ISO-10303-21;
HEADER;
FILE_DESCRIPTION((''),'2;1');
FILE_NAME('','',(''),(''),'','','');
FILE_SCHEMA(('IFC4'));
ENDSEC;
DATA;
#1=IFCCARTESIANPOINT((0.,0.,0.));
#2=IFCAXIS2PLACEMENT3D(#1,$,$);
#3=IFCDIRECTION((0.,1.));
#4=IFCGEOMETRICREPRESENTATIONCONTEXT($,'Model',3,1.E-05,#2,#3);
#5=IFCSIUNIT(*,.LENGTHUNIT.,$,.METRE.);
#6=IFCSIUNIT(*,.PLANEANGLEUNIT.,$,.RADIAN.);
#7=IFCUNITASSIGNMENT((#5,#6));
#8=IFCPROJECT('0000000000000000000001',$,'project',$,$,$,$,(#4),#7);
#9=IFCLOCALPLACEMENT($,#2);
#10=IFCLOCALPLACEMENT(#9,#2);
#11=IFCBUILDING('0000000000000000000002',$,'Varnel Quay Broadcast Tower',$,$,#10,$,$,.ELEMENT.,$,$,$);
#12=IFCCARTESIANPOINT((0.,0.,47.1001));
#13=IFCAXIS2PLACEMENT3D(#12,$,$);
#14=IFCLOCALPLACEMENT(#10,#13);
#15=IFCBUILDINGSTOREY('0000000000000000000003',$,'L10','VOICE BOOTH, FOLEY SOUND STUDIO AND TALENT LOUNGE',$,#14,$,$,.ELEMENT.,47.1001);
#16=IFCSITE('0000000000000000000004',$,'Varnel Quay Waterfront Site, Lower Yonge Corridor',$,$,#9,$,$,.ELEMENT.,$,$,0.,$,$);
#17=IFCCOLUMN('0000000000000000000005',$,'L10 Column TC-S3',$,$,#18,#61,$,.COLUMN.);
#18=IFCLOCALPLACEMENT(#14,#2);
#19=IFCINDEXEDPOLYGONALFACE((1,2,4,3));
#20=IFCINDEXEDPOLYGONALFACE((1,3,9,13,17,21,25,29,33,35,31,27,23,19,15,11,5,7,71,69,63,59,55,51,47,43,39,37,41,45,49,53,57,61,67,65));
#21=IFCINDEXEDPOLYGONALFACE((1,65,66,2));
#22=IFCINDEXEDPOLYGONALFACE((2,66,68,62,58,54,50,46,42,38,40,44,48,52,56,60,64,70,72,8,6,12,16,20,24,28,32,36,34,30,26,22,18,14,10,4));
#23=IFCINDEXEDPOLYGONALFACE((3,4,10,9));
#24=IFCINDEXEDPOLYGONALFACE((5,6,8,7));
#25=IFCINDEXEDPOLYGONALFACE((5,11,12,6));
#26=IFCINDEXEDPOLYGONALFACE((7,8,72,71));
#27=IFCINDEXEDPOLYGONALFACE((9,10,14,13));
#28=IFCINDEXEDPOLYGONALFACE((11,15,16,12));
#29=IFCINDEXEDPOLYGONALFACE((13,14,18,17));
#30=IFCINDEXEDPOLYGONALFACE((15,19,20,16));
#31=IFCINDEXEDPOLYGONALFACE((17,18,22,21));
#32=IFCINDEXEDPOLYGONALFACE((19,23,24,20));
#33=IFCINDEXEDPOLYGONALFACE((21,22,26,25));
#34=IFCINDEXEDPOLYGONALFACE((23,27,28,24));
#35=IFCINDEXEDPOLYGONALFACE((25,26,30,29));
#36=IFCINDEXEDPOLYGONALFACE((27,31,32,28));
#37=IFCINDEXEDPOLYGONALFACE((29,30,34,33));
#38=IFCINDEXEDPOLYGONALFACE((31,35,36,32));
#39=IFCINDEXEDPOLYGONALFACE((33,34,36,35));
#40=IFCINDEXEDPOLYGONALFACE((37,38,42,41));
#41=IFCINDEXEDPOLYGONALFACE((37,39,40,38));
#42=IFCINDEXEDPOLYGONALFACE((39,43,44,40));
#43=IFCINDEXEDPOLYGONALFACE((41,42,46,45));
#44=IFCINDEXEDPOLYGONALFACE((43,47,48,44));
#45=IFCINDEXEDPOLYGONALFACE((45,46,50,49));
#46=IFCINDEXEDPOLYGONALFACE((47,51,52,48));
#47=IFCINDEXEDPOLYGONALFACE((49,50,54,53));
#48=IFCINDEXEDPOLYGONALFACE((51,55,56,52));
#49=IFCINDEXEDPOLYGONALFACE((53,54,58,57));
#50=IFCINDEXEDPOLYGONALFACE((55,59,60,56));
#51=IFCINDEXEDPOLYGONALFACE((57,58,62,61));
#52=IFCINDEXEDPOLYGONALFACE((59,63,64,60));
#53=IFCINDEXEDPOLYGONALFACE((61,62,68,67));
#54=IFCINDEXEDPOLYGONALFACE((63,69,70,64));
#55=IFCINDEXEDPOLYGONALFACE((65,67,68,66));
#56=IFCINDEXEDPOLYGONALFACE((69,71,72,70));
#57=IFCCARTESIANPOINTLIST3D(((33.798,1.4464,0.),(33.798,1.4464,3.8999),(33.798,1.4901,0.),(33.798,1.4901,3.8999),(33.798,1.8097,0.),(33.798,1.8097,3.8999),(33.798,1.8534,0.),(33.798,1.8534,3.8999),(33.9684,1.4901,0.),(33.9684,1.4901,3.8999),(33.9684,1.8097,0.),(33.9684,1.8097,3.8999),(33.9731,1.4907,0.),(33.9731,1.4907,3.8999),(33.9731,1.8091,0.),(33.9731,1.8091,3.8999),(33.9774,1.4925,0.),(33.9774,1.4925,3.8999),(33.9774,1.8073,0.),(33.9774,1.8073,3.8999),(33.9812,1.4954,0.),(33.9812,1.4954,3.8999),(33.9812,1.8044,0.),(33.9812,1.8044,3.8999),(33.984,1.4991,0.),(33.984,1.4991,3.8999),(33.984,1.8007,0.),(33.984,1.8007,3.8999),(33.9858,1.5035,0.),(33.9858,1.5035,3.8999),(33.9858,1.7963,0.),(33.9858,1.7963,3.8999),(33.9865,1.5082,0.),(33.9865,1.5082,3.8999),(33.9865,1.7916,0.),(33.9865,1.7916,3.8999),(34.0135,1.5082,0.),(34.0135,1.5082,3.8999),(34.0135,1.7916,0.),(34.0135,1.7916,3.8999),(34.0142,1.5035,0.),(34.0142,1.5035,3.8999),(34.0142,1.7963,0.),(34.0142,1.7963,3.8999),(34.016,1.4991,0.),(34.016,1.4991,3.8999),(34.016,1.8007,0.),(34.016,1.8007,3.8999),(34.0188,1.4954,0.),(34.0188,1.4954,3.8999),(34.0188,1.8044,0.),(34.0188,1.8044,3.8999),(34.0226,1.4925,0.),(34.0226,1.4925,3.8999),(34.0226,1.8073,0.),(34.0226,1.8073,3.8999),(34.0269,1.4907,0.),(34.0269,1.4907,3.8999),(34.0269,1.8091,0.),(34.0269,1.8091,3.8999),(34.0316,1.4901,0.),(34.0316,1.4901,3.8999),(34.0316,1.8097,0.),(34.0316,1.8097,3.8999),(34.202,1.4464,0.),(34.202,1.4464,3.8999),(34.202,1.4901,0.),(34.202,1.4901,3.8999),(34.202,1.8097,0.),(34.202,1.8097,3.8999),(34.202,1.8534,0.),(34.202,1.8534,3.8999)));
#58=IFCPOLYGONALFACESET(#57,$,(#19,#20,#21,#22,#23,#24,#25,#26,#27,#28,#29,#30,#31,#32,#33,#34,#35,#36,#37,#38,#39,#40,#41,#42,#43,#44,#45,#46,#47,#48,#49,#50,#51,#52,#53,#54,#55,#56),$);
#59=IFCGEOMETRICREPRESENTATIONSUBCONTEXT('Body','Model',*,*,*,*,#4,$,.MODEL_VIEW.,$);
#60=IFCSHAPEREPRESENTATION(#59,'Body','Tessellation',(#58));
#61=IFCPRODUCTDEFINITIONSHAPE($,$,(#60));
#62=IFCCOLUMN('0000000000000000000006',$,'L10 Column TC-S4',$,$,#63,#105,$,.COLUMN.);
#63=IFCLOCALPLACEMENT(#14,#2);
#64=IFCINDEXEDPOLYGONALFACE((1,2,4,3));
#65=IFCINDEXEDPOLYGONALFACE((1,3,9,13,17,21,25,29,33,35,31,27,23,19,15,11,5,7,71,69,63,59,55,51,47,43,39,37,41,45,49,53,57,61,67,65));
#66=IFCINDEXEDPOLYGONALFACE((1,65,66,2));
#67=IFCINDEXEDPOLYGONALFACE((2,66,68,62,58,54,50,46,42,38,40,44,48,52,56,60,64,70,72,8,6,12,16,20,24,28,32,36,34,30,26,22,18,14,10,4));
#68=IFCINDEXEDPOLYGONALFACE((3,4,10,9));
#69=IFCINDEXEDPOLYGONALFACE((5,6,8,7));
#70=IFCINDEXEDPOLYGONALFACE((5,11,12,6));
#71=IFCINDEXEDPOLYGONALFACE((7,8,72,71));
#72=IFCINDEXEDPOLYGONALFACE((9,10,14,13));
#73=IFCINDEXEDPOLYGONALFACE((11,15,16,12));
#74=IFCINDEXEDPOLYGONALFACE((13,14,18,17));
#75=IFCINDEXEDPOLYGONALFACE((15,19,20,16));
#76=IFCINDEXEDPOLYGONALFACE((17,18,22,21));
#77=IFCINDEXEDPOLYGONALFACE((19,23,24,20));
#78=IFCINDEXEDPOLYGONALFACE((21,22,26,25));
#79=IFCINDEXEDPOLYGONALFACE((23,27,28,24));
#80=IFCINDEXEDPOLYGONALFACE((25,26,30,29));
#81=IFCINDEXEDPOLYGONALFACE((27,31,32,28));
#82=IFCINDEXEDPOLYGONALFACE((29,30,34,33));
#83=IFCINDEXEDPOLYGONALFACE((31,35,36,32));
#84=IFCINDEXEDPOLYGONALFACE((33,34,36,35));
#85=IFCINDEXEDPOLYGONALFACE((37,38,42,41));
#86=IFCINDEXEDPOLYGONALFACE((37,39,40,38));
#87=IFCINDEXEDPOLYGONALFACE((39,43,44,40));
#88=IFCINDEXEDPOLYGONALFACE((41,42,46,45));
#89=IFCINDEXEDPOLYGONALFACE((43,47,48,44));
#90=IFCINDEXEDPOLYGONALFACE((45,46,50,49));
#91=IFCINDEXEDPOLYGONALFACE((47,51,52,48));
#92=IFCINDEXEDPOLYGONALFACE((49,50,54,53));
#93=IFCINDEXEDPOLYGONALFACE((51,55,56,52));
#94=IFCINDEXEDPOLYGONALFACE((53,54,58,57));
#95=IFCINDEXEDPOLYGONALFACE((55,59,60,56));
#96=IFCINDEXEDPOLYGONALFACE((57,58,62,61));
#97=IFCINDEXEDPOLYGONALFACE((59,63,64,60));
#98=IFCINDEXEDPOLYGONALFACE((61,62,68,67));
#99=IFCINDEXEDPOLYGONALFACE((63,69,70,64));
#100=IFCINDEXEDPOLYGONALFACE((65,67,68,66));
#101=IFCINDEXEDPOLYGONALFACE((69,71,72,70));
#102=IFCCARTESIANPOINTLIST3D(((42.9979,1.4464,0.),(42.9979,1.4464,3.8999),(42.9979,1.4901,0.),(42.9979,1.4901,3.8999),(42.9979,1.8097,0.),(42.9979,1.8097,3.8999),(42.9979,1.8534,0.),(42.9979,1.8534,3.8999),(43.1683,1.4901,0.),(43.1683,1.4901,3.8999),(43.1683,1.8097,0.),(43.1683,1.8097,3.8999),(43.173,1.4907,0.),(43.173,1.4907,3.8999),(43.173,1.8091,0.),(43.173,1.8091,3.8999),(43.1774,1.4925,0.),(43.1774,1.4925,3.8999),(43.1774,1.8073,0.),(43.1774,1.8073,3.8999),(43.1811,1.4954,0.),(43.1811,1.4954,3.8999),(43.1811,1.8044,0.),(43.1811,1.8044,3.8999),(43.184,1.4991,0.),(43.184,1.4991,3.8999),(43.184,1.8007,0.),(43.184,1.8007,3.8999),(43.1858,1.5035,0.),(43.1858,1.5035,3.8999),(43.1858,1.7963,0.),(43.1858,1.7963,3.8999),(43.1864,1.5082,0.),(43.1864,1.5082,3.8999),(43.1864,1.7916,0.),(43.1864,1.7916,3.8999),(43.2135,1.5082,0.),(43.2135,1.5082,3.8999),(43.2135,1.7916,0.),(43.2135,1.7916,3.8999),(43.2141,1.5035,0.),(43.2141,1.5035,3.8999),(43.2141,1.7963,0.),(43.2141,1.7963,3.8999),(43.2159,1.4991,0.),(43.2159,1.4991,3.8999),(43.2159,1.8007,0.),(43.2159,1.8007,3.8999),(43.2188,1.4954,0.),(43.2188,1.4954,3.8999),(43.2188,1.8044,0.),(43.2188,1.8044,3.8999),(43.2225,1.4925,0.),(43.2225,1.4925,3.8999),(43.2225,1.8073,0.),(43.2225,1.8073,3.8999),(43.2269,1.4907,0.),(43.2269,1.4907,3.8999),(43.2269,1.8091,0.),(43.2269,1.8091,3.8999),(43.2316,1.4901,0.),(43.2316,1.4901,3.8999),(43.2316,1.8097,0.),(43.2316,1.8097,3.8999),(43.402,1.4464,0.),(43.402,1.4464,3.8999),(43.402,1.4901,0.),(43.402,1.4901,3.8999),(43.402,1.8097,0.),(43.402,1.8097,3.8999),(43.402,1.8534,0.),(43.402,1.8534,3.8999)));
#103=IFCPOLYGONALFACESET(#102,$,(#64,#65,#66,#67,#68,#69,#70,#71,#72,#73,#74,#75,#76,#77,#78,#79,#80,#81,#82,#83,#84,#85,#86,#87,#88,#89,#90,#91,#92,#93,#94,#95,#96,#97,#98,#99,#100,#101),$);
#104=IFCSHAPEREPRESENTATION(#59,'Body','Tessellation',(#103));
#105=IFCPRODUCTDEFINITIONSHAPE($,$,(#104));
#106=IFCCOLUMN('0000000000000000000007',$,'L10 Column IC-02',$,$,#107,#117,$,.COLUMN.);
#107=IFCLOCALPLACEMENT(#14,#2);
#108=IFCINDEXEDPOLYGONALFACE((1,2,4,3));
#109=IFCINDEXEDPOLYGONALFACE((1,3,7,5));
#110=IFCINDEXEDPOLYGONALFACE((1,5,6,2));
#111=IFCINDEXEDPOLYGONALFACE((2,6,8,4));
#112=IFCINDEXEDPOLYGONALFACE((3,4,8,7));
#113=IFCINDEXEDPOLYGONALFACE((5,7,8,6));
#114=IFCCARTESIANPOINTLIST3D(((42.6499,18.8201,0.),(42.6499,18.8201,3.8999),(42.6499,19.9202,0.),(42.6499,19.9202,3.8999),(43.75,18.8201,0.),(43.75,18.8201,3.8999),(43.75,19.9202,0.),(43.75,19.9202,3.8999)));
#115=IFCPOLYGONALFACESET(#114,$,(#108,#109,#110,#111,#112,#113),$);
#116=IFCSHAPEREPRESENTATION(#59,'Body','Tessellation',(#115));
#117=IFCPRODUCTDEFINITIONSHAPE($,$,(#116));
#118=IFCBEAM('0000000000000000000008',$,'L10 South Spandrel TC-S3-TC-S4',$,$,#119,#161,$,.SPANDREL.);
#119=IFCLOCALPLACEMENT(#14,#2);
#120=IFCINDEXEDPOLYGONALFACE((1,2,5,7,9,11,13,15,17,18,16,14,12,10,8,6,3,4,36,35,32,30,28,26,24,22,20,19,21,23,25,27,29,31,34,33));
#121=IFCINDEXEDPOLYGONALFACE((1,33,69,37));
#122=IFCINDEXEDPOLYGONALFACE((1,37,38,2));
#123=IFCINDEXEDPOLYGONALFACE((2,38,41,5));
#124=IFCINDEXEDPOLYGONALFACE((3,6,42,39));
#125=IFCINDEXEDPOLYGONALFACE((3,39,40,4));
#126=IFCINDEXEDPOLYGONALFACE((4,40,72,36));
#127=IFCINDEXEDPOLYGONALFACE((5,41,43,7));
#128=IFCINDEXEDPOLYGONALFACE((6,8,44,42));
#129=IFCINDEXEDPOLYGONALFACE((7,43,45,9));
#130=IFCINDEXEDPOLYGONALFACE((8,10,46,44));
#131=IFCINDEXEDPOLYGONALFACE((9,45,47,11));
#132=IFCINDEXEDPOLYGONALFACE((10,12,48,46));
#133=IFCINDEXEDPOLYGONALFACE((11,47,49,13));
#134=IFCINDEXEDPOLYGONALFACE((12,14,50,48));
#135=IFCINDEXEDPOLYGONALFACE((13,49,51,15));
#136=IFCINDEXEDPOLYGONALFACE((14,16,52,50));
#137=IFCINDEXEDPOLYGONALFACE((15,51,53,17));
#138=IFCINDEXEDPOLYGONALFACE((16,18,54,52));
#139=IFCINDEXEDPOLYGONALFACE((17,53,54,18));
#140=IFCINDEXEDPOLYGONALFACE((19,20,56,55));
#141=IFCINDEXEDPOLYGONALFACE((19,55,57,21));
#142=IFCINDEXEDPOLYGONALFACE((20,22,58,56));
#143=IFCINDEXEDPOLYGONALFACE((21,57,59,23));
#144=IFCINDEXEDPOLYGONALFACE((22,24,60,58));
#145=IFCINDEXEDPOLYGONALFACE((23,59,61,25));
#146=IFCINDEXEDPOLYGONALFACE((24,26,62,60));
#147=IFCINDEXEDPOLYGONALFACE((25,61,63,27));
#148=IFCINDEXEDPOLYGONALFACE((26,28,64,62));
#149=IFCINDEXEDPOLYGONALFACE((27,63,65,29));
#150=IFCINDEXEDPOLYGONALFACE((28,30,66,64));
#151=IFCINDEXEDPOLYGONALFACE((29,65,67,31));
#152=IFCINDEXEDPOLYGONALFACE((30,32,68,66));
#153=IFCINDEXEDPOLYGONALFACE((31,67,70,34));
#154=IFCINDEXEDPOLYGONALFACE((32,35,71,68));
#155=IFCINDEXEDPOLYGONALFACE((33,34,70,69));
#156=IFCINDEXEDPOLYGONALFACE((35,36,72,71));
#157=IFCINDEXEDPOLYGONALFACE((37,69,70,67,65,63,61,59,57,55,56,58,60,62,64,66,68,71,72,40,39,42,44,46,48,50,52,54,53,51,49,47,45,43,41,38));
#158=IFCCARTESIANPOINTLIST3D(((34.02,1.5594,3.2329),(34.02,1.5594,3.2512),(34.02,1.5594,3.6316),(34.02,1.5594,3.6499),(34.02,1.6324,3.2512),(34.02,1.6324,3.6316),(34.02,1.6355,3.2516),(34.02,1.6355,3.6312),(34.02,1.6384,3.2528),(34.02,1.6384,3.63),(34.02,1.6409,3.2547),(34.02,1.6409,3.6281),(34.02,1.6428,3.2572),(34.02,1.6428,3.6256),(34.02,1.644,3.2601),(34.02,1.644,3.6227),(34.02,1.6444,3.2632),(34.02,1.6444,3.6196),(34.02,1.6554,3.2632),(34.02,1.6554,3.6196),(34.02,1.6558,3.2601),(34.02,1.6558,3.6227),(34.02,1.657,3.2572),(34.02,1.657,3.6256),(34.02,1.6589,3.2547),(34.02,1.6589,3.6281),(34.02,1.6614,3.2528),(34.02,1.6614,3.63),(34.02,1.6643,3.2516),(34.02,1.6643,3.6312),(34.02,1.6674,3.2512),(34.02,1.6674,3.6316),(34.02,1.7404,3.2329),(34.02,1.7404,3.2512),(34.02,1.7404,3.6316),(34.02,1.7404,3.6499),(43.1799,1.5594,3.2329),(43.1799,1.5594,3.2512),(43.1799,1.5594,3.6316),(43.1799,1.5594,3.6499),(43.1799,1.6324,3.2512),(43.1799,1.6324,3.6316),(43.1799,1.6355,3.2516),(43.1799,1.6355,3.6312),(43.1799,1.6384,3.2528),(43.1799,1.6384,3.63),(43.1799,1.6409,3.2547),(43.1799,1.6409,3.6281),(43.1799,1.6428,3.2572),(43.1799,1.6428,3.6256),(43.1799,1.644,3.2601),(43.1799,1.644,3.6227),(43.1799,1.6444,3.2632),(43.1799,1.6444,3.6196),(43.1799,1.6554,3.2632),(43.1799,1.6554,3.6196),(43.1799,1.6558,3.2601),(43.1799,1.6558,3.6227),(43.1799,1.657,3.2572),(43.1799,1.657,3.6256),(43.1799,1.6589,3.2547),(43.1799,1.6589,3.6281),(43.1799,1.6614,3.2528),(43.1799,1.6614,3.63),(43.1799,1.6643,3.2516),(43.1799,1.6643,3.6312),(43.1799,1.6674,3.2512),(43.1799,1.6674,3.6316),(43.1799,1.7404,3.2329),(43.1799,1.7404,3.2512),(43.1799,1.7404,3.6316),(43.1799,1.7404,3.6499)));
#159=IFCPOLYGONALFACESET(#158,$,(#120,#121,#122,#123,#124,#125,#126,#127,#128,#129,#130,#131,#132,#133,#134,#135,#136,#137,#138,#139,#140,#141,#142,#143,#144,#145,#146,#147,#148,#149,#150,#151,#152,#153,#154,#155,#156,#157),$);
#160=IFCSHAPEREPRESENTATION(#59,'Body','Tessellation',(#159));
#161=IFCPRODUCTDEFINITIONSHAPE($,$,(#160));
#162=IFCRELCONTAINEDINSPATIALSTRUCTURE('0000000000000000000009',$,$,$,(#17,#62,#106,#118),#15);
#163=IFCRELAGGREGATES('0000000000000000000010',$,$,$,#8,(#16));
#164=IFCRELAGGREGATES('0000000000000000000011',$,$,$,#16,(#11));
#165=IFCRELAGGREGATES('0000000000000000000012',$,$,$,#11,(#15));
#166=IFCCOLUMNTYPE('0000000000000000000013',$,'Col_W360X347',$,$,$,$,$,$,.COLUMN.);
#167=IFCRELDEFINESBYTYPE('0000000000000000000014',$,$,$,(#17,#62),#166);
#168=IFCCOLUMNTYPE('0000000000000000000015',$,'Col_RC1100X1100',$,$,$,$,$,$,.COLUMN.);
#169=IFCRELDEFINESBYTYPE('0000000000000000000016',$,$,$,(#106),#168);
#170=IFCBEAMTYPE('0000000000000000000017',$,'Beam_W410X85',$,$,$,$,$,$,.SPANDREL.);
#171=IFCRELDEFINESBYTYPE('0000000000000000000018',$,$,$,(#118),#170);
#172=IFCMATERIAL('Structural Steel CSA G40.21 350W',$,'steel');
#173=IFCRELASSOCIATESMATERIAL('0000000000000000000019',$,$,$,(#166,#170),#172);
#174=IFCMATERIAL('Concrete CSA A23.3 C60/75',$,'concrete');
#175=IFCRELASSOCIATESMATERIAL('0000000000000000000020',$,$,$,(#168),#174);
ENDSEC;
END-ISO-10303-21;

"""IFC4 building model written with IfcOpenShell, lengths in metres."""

from ifc_helpers import new_model, si_unit, direction, frame, origin, origin_2d, place, context, subcontext, project, spatial, rectangle, i_section, extrude, source, transform, mapped, material, material_profile, profile_set, type_object, type_shapes, element, save


model = new_model("IFC4")

# Units and contexts
model_context = context("Model", 3, precision=1e-05, world=origin(), true_north=direction((0.0, 1.0)))
body_context = subcontext(model_context, "Body", "Model", "MODEL_VIEW")
ifc_project = project(units=[si_unit("LENGTHUNIT", "METRE"), si_unit("PLANEANGLEUNIT", "RADIAN")], contexts=[model_context])

# Site, building, storey
site_placement = place(None, origin())
site = spatial("IfcSite", under=ifc_project, at=site_placement, Name="Varnel Quay Waterfront Site, Lower Yonge Corridor", CompositionType="ELEMENT", RefElevation=0.0)
building_placement = place(site_placement, origin())
building = spatial("IfcBuilding", under=site, at=building_placement, Name="Varnel Quay Broadcast Tower", CompositionType="ELEMENT")
storey_placement = place(building_placement, frame((0.0, 0.0, 47.1001)))
storey = spatial("IfcBuildingStorey", under=building, at=storey_placement, Name="L10", Description="VOICE BOOTH, FOLEY SOUND STUDIO AND TALENT LOUNGE", CompositionType="ELEMENT", Elevation=47.1001)

# Columns
ifc_material_1 = material(Name="Structural Steel CSA G40.21 350W", Category="steel")
ifc_material_profile_1 = material_profile(ifc_material_1, i_section(OverallWidth=0.4041, OverallDepth=0.407, WebThickness=0.0271, FlangeThickness=0.0437, FilletRadius=0.0181, at=origin_2d()), Name="W360X347")
ifc_profile_set_1 = profile_set([ifc_material_profile_1], Name="Structural Steel CSA G40.21 350W")
column_type_1 = type_object("IfcColumnType", Name="Col_W360X347", PredefinedType="COLUMN", material=ifc_profile_set_1)
shared_shape_1 = source(origin(), body_context, "Body", "SweptSolid", [
    extrude(i_section(OverallWidth=0.4041, OverallDepth=0.407, WebThickness=0.0271, FlangeThickness=0.0437, FilletRadius=0.0181, at=origin_2d()), origin(), (0.0, 0.0, 1.0), 3.8999),
])
type_shapes(column_type_1, [shared_shape_1])
for number, where, z_axis, x_axis, name in (
    (1, (34.0, 1.6499, 0.0), (0.0, 0.0, 1.0), (1.0, 0.0, 0.0), "L10 Column TC-S3"),
    (2, (43.2, 1.6499, 0.0), (0.0, 0.0, 1.0), (1.0, 0.0, 0.0), "L10 Column TC-S4"),
):
    element("IfcColumn", number, at=place(storey_placement, frame(where, z_axis=z_axis, x_axis=x_axis)), inside=storey, type_object=column_type_1, Name=name, PredefinedType="COLUMN", context=body_context, shape_type="MappedRepresentation", body=[
        mapped(shared_shape_1, transform((0.0, 0.0, 0.0), x_axis=(1.0, 0.0, 0.0), y_axis=(0.0, 1.0, 0.0), z_axis=(0.0, 0.0, 1.0), scale=1.0)),
    ])
ifc_material_2 = material(Name="Concrete CSA A23.3 C60/75", Category="concrete")
ifc_material_profile_2 = material_profile(ifc_material_2, rectangle(XDim=1.1001, YDim=1.1001, at=origin_2d()), Name="RC1100X1100")
ifc_profile_set_2 = profile_set([ifc_material_profile_2], Name="Concrete CSA A23.3 C60/75")
column_type_2 = type_object("IfcColumnType", Name="Col_RC1100X1100", PredefinedType="COLUMN", material=ifc_profile_set_2)
shared_shape_2 = source(origin(), body_context, "Body", "SweptSolid", [
    extrude(rectangle(XDim=1.1001, YDim=1.1001, at=origin_2d()), origin(), (0.0, 0.0, 1.0), 3.8999),
])
type_shapes(column_type_2, [shared_shape_2])
column_placement = place(storey_placement, frame((43.2, 19.3701, 0.0), z_axis=(0.0, 0.0, 1.0), x_axis=(1.0, 0.0, 0.0)))
element("IfcColumn", 3, at=column_placement, inside=storey, type_object=column_type_2, Name="L10 Column IC-02", PredefinedType="COLUMN", context=body_context, shape_type="MappedRepresentation", body=[
    mapped(shared_shape_2, transform((0.0, 0.0, 0.0), x_axis=(1.0, 0.0, 0.0), y_axis=(0.0, 1.0, 0.0), z_axis=(0.0, 0.0, 1.0), scale=1.0)),
])

# Beam
ifc_material_profile_3 = material_profile(ifc_material_1, i_section(OverallWidth=0.1809, OverallDepth=0.417, WebThickness=0.011, FlangeThickness=0.0183, FilletRadius=0.012, at=origin_2d()), Name="W410X85")
ifc_profile_set_3 = profile_set([ifc_material_profile_3], Name="Structural Steel CSA G40.21 350W")
beam_type_1 = type_object("IfcBeamType", Name="Beam_W410X85", PredefinedType="SPANDREL", material=ifc_profile_set_3)
shared_shape_3 = source(origin(), body_context, "Body", "SweptSolid", [
    extrude(i_section(OverallWidth=0.1809, OverallDepth=0.417, WebThickness=0.011, FlangeThickness=0.0183, FilletRadius=0.012, at=origin_2d()), origin(), (0.0, 0.0, 1.0), 9.1599),
])
type_shapes(beam_type_1, [shared_shape_3])
for number, where, z_axis, x_axis, name in (
    (4, (34.02, 1.6499, 3.4414), (1.0, 0.0, 0.0), (0.0, 1.0, 0.0), "L10 South Spandrel TC-S3-TC-S4"),
):
    element("IfcBeam", number, at=place(storey_placement, frame(where, z_axis=z_axis, x_axis=x_axis)), inside=storey, type_object=beam_type_1, Name=name, PredefinedType="SPANDREL", context=body_context, shape_type="MappedRepresentation", body=[
        mapped(shared_shape_3, transform((0.0, 0.0, 0.0), x_axis=(1.0, 0.0, 0.0), y_axis=(0.0, 1.0, 0.0), z_axis=(0.0, 0.0, 1.0), scale=1.0)),
    ])

save(model, "model.ifc")
